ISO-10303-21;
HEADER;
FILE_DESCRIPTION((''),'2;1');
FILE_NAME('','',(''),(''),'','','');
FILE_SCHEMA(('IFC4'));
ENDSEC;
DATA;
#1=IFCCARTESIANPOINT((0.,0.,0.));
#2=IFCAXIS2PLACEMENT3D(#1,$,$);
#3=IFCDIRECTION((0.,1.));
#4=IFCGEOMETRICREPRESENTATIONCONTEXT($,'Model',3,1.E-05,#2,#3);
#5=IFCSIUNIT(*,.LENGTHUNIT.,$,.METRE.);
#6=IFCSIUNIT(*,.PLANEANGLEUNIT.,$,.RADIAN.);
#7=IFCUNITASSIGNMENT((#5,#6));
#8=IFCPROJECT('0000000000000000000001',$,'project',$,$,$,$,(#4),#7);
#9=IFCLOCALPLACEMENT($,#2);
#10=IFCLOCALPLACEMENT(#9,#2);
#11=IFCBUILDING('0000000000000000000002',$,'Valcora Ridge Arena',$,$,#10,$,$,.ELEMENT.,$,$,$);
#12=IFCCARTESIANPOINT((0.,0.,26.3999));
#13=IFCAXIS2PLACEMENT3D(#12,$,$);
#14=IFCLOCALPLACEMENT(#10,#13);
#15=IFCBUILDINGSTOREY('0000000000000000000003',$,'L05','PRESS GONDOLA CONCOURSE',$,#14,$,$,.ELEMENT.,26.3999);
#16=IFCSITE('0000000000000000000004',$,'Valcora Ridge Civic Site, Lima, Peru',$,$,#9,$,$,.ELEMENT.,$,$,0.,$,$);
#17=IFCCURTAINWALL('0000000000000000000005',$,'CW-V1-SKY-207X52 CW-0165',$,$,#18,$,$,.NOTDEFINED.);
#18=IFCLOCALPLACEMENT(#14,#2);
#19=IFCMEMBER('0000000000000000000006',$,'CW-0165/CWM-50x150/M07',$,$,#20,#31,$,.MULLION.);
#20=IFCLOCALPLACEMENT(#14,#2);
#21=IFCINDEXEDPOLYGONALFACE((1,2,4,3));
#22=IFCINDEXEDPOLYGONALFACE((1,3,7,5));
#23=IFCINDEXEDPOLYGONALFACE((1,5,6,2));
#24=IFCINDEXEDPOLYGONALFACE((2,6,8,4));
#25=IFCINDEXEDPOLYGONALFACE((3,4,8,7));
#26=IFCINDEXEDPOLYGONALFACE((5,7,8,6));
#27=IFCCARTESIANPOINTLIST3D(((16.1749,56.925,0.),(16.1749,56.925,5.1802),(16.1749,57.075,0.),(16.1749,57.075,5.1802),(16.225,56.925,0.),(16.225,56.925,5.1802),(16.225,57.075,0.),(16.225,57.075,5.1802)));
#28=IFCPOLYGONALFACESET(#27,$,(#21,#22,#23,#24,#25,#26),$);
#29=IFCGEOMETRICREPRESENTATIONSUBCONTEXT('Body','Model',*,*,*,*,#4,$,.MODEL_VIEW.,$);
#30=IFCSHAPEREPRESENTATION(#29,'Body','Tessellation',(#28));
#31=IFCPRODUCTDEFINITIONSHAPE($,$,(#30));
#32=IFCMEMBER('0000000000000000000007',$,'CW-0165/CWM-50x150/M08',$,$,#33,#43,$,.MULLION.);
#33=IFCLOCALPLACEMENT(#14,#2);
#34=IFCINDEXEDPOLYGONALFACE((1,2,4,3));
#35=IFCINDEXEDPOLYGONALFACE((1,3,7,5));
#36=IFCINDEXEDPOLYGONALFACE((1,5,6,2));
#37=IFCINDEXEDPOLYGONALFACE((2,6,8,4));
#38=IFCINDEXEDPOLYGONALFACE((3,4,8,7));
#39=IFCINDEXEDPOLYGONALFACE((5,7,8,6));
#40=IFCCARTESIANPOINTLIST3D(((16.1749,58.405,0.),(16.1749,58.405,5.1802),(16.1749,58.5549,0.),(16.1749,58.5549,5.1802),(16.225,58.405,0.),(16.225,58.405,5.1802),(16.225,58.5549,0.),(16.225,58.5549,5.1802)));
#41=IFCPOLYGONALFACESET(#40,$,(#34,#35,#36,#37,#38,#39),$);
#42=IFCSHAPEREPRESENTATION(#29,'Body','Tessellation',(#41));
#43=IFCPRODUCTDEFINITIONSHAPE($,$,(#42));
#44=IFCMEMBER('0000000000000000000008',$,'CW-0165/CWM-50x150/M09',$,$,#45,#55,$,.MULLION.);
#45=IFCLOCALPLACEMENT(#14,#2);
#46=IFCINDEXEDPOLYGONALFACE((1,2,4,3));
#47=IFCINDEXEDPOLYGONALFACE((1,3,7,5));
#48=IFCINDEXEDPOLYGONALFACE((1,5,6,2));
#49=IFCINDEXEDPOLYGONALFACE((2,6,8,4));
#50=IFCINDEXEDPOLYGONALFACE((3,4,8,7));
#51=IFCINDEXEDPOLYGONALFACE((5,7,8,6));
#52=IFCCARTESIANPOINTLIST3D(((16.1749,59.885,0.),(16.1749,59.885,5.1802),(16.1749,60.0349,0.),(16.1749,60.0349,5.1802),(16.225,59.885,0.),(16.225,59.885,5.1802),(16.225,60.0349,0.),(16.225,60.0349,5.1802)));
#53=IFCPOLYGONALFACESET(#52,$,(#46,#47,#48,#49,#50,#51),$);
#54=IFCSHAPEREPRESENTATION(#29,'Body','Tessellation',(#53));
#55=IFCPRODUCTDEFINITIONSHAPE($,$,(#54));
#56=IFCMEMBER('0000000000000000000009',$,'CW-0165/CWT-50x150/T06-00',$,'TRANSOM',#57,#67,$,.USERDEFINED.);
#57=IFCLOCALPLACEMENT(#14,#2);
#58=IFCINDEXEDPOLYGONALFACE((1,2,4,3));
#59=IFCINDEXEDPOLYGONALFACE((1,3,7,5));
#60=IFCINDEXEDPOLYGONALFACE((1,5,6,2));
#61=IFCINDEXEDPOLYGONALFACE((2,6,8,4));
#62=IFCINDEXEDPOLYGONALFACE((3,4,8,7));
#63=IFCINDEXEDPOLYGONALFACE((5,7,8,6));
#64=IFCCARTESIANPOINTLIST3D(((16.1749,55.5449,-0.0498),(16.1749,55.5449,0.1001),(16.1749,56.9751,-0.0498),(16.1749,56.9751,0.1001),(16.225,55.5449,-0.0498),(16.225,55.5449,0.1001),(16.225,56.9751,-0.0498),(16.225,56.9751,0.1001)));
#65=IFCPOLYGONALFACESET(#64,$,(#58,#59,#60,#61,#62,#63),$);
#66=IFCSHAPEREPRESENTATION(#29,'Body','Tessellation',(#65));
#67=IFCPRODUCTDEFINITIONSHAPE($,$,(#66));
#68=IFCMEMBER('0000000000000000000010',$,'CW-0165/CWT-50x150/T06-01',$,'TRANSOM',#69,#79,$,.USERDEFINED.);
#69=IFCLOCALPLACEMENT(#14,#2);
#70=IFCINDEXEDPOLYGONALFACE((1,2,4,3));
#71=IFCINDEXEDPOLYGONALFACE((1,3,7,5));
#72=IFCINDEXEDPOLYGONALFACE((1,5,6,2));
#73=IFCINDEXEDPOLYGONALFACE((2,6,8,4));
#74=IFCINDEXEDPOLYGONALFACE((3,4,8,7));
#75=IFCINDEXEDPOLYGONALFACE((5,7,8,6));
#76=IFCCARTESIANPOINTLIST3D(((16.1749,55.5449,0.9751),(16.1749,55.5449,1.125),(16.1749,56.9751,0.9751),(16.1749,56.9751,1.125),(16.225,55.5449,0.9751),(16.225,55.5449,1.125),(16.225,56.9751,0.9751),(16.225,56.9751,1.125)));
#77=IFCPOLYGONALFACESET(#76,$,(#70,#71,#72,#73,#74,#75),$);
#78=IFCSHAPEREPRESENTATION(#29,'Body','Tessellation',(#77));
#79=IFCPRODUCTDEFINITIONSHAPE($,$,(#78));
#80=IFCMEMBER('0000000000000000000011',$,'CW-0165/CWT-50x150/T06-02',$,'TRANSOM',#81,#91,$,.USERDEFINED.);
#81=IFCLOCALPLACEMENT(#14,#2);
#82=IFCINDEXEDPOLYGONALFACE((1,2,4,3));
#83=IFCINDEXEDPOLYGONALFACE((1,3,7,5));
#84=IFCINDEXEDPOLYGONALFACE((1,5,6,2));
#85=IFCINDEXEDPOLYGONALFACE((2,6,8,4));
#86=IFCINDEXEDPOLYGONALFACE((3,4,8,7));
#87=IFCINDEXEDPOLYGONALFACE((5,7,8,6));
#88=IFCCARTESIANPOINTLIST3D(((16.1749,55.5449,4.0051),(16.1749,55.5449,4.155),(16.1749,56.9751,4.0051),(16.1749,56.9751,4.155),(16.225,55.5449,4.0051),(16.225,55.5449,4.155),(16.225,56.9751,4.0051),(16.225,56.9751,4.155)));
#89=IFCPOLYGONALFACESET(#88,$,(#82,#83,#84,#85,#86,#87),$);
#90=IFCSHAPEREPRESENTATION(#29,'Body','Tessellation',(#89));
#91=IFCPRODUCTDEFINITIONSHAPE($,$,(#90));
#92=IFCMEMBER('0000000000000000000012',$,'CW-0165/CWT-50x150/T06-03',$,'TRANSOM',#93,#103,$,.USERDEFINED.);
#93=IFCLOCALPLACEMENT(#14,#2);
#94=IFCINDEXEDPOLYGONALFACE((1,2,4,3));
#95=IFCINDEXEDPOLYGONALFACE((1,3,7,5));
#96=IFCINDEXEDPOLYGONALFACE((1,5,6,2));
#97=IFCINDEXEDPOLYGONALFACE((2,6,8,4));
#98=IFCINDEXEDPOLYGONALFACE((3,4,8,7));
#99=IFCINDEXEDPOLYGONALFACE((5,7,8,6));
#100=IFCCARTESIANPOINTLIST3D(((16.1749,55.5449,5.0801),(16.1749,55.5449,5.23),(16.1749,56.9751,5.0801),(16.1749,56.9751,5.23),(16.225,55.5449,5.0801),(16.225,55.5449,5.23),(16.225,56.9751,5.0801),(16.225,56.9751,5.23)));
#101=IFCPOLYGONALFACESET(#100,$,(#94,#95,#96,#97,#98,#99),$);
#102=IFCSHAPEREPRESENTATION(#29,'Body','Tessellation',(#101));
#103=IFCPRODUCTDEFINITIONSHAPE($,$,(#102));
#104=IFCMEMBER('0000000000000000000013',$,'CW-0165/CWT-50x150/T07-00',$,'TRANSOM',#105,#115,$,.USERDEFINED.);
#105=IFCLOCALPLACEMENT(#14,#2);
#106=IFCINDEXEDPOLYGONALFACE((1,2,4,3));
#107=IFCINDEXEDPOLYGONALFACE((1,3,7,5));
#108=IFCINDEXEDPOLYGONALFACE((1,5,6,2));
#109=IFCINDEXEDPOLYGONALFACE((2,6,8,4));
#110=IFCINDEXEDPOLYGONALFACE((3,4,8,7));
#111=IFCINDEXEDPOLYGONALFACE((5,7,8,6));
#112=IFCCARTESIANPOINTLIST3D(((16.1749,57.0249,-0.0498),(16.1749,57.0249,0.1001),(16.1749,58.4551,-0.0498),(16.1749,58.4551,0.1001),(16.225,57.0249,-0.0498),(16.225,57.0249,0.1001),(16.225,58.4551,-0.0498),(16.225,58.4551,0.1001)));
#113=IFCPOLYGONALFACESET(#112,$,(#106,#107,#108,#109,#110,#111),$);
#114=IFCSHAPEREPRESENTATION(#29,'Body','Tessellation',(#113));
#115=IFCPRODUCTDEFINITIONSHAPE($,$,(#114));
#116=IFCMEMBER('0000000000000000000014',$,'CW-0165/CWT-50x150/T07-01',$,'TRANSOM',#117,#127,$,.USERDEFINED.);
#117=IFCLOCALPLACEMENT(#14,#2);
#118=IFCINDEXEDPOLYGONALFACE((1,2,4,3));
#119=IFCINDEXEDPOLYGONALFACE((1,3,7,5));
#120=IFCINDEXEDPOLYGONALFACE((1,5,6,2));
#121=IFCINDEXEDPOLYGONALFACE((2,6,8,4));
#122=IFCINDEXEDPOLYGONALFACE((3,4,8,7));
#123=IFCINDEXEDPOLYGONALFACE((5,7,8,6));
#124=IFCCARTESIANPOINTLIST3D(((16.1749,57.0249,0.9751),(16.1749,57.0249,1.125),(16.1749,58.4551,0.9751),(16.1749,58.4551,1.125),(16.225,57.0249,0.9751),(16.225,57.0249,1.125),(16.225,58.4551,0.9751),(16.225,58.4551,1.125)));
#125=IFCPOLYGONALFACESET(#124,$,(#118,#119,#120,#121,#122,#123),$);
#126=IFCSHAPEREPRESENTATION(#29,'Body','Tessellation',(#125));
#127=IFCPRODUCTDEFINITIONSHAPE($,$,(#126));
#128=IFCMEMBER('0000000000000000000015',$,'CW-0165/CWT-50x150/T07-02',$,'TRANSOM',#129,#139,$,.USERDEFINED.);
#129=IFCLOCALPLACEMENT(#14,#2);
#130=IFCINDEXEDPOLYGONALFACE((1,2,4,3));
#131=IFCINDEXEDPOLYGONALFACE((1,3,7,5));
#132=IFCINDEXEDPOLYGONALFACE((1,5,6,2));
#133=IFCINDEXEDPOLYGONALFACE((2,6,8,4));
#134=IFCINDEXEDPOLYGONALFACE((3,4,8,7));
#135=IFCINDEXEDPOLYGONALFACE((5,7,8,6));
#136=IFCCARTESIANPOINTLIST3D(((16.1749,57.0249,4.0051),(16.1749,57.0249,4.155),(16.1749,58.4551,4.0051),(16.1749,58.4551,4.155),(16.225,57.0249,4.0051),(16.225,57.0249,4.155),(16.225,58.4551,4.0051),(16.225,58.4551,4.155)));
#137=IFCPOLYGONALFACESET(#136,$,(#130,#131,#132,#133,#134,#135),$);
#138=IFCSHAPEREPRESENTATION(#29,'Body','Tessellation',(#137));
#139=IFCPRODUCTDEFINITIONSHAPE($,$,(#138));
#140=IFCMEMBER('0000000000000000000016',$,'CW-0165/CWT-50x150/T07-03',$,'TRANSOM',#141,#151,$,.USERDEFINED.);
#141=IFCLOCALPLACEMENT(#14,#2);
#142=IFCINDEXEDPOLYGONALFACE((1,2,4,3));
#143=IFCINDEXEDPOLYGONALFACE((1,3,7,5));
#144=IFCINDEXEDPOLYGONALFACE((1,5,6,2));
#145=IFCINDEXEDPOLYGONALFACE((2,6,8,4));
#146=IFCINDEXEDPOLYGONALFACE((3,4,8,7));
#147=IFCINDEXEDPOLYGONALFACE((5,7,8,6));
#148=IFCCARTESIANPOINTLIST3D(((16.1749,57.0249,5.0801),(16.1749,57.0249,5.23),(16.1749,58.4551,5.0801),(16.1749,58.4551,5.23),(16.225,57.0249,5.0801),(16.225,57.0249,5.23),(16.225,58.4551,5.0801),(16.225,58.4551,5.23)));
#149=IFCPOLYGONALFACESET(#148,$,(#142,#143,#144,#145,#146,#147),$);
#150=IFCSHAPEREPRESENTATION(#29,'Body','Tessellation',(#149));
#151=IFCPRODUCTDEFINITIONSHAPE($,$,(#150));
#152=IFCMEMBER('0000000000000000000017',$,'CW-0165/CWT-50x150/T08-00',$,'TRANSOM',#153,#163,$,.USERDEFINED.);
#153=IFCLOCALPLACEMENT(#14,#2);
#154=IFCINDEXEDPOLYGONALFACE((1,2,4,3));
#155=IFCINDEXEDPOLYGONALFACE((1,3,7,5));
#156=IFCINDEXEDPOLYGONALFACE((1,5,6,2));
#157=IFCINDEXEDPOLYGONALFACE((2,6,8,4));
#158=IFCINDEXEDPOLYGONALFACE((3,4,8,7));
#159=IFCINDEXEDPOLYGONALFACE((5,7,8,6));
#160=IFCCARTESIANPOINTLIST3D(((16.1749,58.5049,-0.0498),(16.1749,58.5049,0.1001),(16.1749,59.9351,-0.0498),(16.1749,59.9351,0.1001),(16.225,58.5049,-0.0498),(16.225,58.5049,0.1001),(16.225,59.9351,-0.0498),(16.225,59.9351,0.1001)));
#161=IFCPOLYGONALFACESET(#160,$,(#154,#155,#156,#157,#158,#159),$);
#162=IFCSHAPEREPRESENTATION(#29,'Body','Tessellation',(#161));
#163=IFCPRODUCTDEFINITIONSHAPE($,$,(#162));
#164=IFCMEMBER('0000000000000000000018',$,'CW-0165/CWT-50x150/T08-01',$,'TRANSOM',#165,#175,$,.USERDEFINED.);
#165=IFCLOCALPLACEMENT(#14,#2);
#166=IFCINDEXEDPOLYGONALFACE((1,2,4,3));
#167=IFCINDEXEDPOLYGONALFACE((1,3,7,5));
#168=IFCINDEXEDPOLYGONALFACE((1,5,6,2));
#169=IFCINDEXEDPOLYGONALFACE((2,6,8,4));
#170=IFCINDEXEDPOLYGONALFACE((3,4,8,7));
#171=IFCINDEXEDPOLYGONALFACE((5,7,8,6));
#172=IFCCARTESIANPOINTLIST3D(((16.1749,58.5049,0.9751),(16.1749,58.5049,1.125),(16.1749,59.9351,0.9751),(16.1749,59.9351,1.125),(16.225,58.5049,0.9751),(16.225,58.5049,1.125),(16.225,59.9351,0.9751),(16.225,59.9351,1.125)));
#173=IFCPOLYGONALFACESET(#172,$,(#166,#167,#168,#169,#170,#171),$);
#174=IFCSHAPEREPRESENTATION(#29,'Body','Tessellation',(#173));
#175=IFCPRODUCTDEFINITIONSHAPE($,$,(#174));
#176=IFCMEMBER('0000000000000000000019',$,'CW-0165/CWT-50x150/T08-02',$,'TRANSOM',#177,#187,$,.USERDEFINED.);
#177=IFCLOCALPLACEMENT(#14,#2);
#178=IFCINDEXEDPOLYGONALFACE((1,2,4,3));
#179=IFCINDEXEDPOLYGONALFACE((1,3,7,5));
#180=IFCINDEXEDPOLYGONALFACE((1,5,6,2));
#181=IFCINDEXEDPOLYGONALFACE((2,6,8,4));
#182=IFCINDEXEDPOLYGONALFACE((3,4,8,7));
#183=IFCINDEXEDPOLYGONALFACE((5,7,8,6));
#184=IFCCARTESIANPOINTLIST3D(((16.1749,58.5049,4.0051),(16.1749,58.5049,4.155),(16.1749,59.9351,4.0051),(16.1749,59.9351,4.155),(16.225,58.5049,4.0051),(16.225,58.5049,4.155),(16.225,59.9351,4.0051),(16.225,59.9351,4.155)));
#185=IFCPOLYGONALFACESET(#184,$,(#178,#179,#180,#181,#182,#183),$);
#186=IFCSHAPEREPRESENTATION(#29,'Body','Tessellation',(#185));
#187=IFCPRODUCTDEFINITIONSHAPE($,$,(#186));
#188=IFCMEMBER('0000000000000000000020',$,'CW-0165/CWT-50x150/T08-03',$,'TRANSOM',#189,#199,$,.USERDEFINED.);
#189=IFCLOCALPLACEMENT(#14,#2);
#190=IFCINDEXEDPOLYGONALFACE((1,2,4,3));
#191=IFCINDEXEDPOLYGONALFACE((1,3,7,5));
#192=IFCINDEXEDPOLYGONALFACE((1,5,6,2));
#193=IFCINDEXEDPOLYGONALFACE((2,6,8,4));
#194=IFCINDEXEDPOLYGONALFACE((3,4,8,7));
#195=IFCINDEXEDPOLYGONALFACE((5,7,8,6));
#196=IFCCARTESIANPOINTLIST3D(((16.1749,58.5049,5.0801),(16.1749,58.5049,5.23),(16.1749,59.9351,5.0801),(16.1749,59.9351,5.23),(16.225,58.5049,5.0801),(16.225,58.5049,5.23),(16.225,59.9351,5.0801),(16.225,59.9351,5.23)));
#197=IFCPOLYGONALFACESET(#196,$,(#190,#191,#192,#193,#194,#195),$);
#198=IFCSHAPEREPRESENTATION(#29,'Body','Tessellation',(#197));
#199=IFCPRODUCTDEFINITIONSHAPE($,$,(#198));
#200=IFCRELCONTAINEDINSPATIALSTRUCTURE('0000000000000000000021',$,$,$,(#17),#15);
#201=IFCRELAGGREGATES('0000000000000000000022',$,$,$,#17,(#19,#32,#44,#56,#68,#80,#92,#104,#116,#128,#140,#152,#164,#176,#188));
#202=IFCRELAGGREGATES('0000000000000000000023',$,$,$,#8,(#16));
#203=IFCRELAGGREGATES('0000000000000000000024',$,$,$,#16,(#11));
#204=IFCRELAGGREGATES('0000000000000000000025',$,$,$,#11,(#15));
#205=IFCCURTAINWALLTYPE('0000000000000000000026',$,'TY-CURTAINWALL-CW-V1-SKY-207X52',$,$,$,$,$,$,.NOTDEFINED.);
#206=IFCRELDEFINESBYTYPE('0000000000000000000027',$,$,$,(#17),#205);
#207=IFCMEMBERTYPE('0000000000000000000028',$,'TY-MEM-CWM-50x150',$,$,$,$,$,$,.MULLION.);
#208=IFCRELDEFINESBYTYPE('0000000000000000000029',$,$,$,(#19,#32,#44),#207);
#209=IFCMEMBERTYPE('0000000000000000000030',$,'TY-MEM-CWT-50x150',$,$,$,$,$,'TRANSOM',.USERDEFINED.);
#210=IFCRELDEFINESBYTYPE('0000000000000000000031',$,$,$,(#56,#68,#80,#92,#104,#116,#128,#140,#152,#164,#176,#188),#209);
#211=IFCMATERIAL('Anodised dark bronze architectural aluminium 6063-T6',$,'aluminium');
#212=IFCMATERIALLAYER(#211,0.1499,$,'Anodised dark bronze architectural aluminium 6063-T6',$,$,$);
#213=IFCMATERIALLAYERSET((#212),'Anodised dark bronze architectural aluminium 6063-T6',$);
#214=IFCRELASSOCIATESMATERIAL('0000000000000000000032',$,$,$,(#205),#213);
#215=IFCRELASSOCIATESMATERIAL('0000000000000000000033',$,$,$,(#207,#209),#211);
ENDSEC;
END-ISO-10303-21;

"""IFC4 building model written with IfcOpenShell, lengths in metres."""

from ifc_helpers import new_model, si_unit, direction, frame, origin, origin_2d, place, context, subcontext, project, spatial, rectangle, extrude, material, layer, layer_set, material_profile, profile_set, type_object, element, aggregate, save


model = new_model("IFC4")

# Units and contexts
model_context = context("Model", 3, precision=1e-05, world=origin(), true_north=direction((0.0, 1.0)))
body_context = subcontext(model_context, "Body", "Model", "MODEL_VIEW")
ifc_project = project(units=[si_unit("LENGTHUNIT", "METRE"), si_unit("PLANEANGLEUNIT", "RADIAN")], contexts=[model_context])

# Site, building, storey
site_placement = place(None, origin())
site = spatial("IfcSite", under=ifc_project, at=site_placement, Name="Valcora Ridge Civic Site, Lima, Peru", CompositionType="ELEMENT", RefElevation=0.0)
building_placement = place(site_placement, origin())
building = spatial("IfcBuilding", under=site, at=building_placement, Name="Valcora Ridge Arena", CompositionType="ELEMENT")
storey_placement = place(building_placement, frame((0.0, 0.0, 26.3999)))
storey = spatial("IfcBuildingStorey", under=building, at=storey_placement, Name="L05", Description="PRESS GONDOLA CONCOURSE", CompositionType="ELEMENT", Elevation=26.3999)

# Curtain wall, members
ifc_material_1 = material(Name="Anodised dark bronze architectural aluminium 6063-T6", Category="aluminium")
ifc_layer_1 = layer(ifc_material_1, 0.1499, Name="Anodised dark bronze architectural aluminium 6063-T6")
ifc_layer_set_1 = layer_set([ifc_layer_1], Name="Anodised dark bronze architectural aluminium 6063-T6")
curtain_wall_type = type_object("IfcCurtainWallType", Name="TY-CURTAINWALL-CW-V1-SKY-207X52", PredefinedType="NOTDEFINED", material=ifc_layer_set_1)
curtain_wall_placement = place(storey_placement, origin())
curtain_wall = element("IfcCurtainWall", 1, at=curtain_wall_placement, inside=storey, type_object=curtain_wall_type, Name="CW-V1-SKY-207X52 CW-0165", PredefinedType="NOTDEFINED")
ifc_material_profile_1 = material_profile(ifc_material_1, rectangle(XDim=0.05, YDim=0.1499, at=origin_2d()), Name="ALU MULLION 50x150")
ifc_profile_set_1 = profile_set([ifc_material_profile_1], Name="Anodised dark bronze architectural aluminium 6063-T6")
member_type_1 = type_object("IfcMemberType", Name="TY-MEM-CWM-50x150", PredefinedType="MULLION", material=ifc_profile_set_1)
member_1_placement = place(storey_placement, frame((16.2, 57.0, 0.0), z_axis=(0.0, 0.0, 1.0), x_axis=(-1.0, 0.0, 0.0)))
member_1 = element("IfcMember", 2, at=member_1_placement, type_object=member_type_1, Name="CW-0165/CWM-50x150/M07", PredefinedType="MULLION", context=body_context, shape_type="SweptSolid", body=[
    extrude(rectangle(XDim=0.05, YDim=0.1499, at=origin_2d()), origin(), (0.0, 0.0, 1.0), 5.1802),
])
member_2_placement = place(storey_placement, frame((16.2, 58.48, 0.0), z_axis=(0.0, 0.0, 1.0), x_axis=(-1.0, 0.0, 0.0)))
member_2 = element("IfcMember", 3, at=member_2_placement, type_object=member_type_1, Name="CW-0165/CWM-50x150/M08", PredefinedType="MULLION", context=body_context, shape_type="SweptSolid", body=[
    extrude(rectangle(XDim=0.05, YDim=0.1499, at=origin_2d()), origin(), (0.0, 0.0, 1.0), 5.1802),
])
member_3_placement = place(storey_placement, frame((16.2, 59.96, 0.0), z_axis=(0.0, 0.0, 1.0), x_axis=(-1.0, 0.0, 0.0)))
member_3 = element("IfcMember", 4, at=member_3_placement, type_object=member_type_1, Name="CW-0165/CWM-50x150/M09", PredefinedType="MULLION", context=body_context, shape_type="SweptSolid", body=[
    extrude(rectangle(XDim=0.05, YDim=0.1499, at=origin_2d()), origin(), (0.0, 0.0, 1.0), 5.1802),
])
ifc_material_profile_2 = material_profile(ifc_material_1, rectangle(XDim=0.05, YDim=0.1499, at=origin_2d()), Name="ALU TRANSOM 50x150")
ifc_profile_set_2 = profile_set([ifc_material_profile_2], Name="Anodised dark bronze architectural aluminium 6063-T6")
member_type_2 = type_object("IfcMemberType", Name="TY-MEM-CWT-50x150", ElementType="TRANSOM", PredefinedType="USERDEFINED", material=ifc_profile_set_2)
member_4_placement = place(storey_placement, frame((16.2, 55.5449, 0.0251), z_axis=(0.0, 1.0, 0.0), x_axis=(-1.0, 0.0, 0.0)))
member_4 = element("IfcMember", 5, at=member_4_placement, type_object=member_type_2, Name="CW-0165/CWT-50x150/T06-00", ObjectType="TRANSOM", PredefinedType="USERDEFINED", context=body_context, shape_type="SweptSolid", body=[
    extrude(rectangle(XDim=0.05, YDim=0.1499, at=origin_2d()), origin(), (0.0, 0.0, 1.0), 1.4302),
])
member_5_placement = place(storey_placement, frame((16.2, 55.5449, 1.05), z_axis=(0.0, 1.0, 0.0), x_axis=(-1.0, 0.0, 0.0)))
member_5 = element("IfcMember", 6, at=member_5_placement, type_object=member_type_2, Name="CW-0165/CWT-50x150/T06-01", ObjectType="TRANSOM", PredefinedType="USERDEFINED", context=body_context, shape_type="SweptSolid", body=[
    extrude(rectangle(XDim=0.05, YDim=0.1499, at=origin_2d()), origin(), (0.0, 0.0, 1.0), 1.4302),
])
member_6_placement = place(storey_placement, frame((16.2, 55.5449, 4.0801), z_axis=(0.0, 1.0, 0.0), x_axis=(-1.0, 0.0, 0.0)))
member_6 = element("IfcMember", 7, at=member_6_placement, type_object=member_type_2, Name="CW-0165/CWT-50x150/T06-02", ObjectType="TRANSOM", PredefinedType="USERDEFINED", context=body_context, shape_type="SweptSolid", body=[
    extrude(rectangle(XDim=0.05, YDim=0.1499, at=origin_2d()), origin(), (0.0, 0.0, 1.0), 1.4302),
])
member_7_placement = place(storey_placement, frame((16.2, 55.5449, 5.155), z_axis=(0.0, 1.0, 0.0), x_axis=(-1.0, 0.0, 0.0)))
member_7 = element("IfcMember", 8, at=member_7_placement, type_object=member_type_2, Name="CW-0165/CWT-50x150/T06-03", ObjectType="TRANSOM", PredefinedType="USERDEFINED", context=body_context, shape_type="SweptSolid", body=[
    extrude(rectangle(XDim=0.05, YDim=0.1499, at=origin_2d()), origin(), (0.0, 0.0, 1.0), 1.4302),
])
member_8_placement = place(storey_placement, frame((16.2, 57.0249, 0.0251), z_axis=(0.0, 1.0, 0.0), x_axis=(-1.0, 0.0, 0.0)))
member_8 = element("IfcMember", 9, at=member_8_placement, type_object=member_type_2, Name="CW-0165/CWT-50x150/T07-00", ObjectType="TRANSOM", PredefinedType="USERDEFINED", context=body_context, shape_type="SweptSolid", body=[
    extrude(rectangle(XDim=0.05, YDim=0.1499, at=origin_2d()), origin(), (0.0, 0.0, 1.0), 1.4302),
])
member_9_placement = place(storey_placement, frame((16.2, 57.0249, 1.05), z_axis=(0.0, 1.0, 0.0), x_axis=(-1.0, 0.0, 0.0)))
member_9 = element("IfcMember", 10, at=member_9_placement, type_object=member_type_2, Name="CW-0165/CWT-50x150/T07-01", ObjectType="TRANSOM", PredefinedType="USERDEFINED", context=body_context, shape_type="SweptSolid", body=[
    extrude(rectangle(XDim=0.05, YDim=0.1499, at=origin_2d()), origin(), (0.0, 0.0, 1.0), 1.4302),
])
member_10_placement = place(storey_placement, frame((16.2, 57.0249, 4.0801), z_axis=(0.0, 1.0, 0.0), x_axis=(-1.0, 0.0, 0.0)))
member_10 = element("IfcMember", 11, at=member_10_placement, type_object=member_type_2, Name="CW-0165/CWT-50x150/T07-02", ObjectType="TRANSOM", PredefinedType="USERDEFINED", context=body_context, shape_type="SweptSolid", body=[
    extrude(rectangle(XDim=0.05, YDim=0.1499, at=origin_2d()), origin(), (0.0, 0.0, 1.0), 1.4302),
])
member_11_placement = place(storey_placement, frame((16.2, 57.0249, 5.155), z_axis=(0.0, 1.0, 0.0), x_axis=(-1.0, 0.0, 0.0)))
member_11 = element("IfcMember", 12, at=member_11_placement, type_object=member_type_2, Name="CW-0165/CWT-50x150/T07-03", ObjectType="TRANSOM", PredefinedType="USERDEFINED", context=body_context, shape_type="SweptSolid", body=[
    extrude(rectangle(XDim=0.05, YDim=0.1499, at=origin_2d()), origin(), (0.0, 0.0, 1.0), 1.4302),
])
member_12_placement = place(storey_placement, frame((16.2, 58.5049, 0.0251), z_axis=(0.0, 1.0, 0.0), x_axis=(-1.0, 0.0, 0.0)))
member_12 = element("IfcMember", 13, at=member_12_placement, type_object=member_type_2, Name="CW-0165/CWT-50x150/T08-00", ObjectType="TRANSOM", PredefinedType="USERDEFINED", context=body_context, shape_type="SweptSolid", body=[
    extrude(rectangle(XDim=0.05, YDim=0.1499, at=origin_2d()), origin(), (0.0, 0.0, 1.0), 1.4302),
])
member_13_placement = place(storey_placement, frame((16.2, 58.5049, 1.05), z_axis=(0.0, 1.0, 0.0), x_axis=(-1.0, 0.0, 0.0)))
member_13 = element("IfcMember", 14, at=member_13_placement, type_object=member_type_2, Name="CW-0165/CWT-50x150/T08-01", ObjectType="TRANSOM", PredefinedType="USERDEFINED", context=body_context, shape_type="SweptSolid", body=[
    extrude(rectangle(XDim=0.05, YDim=0.1499, at=origin_2d()), origin(), (0.0, 0.0, 1.0), 1.4302),
])
member_14_placement = place(storey_placement, frame((16.2, 58.5049, 4.0801), z_axis=(0.0, 1.0, 0.0), x_axis=(-1.0, 0.0, 0.0)))
member_14 = element("IfcMember", 15, at=member_14_placement, type_object=member_type_2, Name="CW-0165/CWT-50x150/T08-02", ObjectType="TRANSOM", PredefinedType="USERDEFINED", context=body_context, shape_type="SweptSolid", body=[
    extrude(rectangle(XDim=0.05, YDim=0.1499, at=origin_2d()), origin(), (0.0, 0.0, 1.0), 1.4302),
])
member_15_placement = place(storey_placement, frame((16.2, 58.5049, 5.155), z_axis=(0.0, 1.0, 0.0), x_axis=(-1.0, 0.0, 0.0)))
member_15 = element("IfcMember", 16, at=member_15_placement, type_object=member_type_2, Name="CW-0165/CWT-50x150/T08-03", ObjectType="TRANSOM", PredefinedType="USERDEFINED", context=body_context, shape_type="SweptSolid", body=[
    extrude(rectangle(XDim=0.05, YDim=0.1499, at=origin_2d()), origin(), (0.0, 0.0, 1.0), 1.4302),
])
aggregate(curtain_wall, [member_1, member_2, member_3, member_4, member_5, member_6, member_7, member_8, member_9, member_10, member_11, member_12, member_13, member_14, member_15])

save(model, "model.ifc")
